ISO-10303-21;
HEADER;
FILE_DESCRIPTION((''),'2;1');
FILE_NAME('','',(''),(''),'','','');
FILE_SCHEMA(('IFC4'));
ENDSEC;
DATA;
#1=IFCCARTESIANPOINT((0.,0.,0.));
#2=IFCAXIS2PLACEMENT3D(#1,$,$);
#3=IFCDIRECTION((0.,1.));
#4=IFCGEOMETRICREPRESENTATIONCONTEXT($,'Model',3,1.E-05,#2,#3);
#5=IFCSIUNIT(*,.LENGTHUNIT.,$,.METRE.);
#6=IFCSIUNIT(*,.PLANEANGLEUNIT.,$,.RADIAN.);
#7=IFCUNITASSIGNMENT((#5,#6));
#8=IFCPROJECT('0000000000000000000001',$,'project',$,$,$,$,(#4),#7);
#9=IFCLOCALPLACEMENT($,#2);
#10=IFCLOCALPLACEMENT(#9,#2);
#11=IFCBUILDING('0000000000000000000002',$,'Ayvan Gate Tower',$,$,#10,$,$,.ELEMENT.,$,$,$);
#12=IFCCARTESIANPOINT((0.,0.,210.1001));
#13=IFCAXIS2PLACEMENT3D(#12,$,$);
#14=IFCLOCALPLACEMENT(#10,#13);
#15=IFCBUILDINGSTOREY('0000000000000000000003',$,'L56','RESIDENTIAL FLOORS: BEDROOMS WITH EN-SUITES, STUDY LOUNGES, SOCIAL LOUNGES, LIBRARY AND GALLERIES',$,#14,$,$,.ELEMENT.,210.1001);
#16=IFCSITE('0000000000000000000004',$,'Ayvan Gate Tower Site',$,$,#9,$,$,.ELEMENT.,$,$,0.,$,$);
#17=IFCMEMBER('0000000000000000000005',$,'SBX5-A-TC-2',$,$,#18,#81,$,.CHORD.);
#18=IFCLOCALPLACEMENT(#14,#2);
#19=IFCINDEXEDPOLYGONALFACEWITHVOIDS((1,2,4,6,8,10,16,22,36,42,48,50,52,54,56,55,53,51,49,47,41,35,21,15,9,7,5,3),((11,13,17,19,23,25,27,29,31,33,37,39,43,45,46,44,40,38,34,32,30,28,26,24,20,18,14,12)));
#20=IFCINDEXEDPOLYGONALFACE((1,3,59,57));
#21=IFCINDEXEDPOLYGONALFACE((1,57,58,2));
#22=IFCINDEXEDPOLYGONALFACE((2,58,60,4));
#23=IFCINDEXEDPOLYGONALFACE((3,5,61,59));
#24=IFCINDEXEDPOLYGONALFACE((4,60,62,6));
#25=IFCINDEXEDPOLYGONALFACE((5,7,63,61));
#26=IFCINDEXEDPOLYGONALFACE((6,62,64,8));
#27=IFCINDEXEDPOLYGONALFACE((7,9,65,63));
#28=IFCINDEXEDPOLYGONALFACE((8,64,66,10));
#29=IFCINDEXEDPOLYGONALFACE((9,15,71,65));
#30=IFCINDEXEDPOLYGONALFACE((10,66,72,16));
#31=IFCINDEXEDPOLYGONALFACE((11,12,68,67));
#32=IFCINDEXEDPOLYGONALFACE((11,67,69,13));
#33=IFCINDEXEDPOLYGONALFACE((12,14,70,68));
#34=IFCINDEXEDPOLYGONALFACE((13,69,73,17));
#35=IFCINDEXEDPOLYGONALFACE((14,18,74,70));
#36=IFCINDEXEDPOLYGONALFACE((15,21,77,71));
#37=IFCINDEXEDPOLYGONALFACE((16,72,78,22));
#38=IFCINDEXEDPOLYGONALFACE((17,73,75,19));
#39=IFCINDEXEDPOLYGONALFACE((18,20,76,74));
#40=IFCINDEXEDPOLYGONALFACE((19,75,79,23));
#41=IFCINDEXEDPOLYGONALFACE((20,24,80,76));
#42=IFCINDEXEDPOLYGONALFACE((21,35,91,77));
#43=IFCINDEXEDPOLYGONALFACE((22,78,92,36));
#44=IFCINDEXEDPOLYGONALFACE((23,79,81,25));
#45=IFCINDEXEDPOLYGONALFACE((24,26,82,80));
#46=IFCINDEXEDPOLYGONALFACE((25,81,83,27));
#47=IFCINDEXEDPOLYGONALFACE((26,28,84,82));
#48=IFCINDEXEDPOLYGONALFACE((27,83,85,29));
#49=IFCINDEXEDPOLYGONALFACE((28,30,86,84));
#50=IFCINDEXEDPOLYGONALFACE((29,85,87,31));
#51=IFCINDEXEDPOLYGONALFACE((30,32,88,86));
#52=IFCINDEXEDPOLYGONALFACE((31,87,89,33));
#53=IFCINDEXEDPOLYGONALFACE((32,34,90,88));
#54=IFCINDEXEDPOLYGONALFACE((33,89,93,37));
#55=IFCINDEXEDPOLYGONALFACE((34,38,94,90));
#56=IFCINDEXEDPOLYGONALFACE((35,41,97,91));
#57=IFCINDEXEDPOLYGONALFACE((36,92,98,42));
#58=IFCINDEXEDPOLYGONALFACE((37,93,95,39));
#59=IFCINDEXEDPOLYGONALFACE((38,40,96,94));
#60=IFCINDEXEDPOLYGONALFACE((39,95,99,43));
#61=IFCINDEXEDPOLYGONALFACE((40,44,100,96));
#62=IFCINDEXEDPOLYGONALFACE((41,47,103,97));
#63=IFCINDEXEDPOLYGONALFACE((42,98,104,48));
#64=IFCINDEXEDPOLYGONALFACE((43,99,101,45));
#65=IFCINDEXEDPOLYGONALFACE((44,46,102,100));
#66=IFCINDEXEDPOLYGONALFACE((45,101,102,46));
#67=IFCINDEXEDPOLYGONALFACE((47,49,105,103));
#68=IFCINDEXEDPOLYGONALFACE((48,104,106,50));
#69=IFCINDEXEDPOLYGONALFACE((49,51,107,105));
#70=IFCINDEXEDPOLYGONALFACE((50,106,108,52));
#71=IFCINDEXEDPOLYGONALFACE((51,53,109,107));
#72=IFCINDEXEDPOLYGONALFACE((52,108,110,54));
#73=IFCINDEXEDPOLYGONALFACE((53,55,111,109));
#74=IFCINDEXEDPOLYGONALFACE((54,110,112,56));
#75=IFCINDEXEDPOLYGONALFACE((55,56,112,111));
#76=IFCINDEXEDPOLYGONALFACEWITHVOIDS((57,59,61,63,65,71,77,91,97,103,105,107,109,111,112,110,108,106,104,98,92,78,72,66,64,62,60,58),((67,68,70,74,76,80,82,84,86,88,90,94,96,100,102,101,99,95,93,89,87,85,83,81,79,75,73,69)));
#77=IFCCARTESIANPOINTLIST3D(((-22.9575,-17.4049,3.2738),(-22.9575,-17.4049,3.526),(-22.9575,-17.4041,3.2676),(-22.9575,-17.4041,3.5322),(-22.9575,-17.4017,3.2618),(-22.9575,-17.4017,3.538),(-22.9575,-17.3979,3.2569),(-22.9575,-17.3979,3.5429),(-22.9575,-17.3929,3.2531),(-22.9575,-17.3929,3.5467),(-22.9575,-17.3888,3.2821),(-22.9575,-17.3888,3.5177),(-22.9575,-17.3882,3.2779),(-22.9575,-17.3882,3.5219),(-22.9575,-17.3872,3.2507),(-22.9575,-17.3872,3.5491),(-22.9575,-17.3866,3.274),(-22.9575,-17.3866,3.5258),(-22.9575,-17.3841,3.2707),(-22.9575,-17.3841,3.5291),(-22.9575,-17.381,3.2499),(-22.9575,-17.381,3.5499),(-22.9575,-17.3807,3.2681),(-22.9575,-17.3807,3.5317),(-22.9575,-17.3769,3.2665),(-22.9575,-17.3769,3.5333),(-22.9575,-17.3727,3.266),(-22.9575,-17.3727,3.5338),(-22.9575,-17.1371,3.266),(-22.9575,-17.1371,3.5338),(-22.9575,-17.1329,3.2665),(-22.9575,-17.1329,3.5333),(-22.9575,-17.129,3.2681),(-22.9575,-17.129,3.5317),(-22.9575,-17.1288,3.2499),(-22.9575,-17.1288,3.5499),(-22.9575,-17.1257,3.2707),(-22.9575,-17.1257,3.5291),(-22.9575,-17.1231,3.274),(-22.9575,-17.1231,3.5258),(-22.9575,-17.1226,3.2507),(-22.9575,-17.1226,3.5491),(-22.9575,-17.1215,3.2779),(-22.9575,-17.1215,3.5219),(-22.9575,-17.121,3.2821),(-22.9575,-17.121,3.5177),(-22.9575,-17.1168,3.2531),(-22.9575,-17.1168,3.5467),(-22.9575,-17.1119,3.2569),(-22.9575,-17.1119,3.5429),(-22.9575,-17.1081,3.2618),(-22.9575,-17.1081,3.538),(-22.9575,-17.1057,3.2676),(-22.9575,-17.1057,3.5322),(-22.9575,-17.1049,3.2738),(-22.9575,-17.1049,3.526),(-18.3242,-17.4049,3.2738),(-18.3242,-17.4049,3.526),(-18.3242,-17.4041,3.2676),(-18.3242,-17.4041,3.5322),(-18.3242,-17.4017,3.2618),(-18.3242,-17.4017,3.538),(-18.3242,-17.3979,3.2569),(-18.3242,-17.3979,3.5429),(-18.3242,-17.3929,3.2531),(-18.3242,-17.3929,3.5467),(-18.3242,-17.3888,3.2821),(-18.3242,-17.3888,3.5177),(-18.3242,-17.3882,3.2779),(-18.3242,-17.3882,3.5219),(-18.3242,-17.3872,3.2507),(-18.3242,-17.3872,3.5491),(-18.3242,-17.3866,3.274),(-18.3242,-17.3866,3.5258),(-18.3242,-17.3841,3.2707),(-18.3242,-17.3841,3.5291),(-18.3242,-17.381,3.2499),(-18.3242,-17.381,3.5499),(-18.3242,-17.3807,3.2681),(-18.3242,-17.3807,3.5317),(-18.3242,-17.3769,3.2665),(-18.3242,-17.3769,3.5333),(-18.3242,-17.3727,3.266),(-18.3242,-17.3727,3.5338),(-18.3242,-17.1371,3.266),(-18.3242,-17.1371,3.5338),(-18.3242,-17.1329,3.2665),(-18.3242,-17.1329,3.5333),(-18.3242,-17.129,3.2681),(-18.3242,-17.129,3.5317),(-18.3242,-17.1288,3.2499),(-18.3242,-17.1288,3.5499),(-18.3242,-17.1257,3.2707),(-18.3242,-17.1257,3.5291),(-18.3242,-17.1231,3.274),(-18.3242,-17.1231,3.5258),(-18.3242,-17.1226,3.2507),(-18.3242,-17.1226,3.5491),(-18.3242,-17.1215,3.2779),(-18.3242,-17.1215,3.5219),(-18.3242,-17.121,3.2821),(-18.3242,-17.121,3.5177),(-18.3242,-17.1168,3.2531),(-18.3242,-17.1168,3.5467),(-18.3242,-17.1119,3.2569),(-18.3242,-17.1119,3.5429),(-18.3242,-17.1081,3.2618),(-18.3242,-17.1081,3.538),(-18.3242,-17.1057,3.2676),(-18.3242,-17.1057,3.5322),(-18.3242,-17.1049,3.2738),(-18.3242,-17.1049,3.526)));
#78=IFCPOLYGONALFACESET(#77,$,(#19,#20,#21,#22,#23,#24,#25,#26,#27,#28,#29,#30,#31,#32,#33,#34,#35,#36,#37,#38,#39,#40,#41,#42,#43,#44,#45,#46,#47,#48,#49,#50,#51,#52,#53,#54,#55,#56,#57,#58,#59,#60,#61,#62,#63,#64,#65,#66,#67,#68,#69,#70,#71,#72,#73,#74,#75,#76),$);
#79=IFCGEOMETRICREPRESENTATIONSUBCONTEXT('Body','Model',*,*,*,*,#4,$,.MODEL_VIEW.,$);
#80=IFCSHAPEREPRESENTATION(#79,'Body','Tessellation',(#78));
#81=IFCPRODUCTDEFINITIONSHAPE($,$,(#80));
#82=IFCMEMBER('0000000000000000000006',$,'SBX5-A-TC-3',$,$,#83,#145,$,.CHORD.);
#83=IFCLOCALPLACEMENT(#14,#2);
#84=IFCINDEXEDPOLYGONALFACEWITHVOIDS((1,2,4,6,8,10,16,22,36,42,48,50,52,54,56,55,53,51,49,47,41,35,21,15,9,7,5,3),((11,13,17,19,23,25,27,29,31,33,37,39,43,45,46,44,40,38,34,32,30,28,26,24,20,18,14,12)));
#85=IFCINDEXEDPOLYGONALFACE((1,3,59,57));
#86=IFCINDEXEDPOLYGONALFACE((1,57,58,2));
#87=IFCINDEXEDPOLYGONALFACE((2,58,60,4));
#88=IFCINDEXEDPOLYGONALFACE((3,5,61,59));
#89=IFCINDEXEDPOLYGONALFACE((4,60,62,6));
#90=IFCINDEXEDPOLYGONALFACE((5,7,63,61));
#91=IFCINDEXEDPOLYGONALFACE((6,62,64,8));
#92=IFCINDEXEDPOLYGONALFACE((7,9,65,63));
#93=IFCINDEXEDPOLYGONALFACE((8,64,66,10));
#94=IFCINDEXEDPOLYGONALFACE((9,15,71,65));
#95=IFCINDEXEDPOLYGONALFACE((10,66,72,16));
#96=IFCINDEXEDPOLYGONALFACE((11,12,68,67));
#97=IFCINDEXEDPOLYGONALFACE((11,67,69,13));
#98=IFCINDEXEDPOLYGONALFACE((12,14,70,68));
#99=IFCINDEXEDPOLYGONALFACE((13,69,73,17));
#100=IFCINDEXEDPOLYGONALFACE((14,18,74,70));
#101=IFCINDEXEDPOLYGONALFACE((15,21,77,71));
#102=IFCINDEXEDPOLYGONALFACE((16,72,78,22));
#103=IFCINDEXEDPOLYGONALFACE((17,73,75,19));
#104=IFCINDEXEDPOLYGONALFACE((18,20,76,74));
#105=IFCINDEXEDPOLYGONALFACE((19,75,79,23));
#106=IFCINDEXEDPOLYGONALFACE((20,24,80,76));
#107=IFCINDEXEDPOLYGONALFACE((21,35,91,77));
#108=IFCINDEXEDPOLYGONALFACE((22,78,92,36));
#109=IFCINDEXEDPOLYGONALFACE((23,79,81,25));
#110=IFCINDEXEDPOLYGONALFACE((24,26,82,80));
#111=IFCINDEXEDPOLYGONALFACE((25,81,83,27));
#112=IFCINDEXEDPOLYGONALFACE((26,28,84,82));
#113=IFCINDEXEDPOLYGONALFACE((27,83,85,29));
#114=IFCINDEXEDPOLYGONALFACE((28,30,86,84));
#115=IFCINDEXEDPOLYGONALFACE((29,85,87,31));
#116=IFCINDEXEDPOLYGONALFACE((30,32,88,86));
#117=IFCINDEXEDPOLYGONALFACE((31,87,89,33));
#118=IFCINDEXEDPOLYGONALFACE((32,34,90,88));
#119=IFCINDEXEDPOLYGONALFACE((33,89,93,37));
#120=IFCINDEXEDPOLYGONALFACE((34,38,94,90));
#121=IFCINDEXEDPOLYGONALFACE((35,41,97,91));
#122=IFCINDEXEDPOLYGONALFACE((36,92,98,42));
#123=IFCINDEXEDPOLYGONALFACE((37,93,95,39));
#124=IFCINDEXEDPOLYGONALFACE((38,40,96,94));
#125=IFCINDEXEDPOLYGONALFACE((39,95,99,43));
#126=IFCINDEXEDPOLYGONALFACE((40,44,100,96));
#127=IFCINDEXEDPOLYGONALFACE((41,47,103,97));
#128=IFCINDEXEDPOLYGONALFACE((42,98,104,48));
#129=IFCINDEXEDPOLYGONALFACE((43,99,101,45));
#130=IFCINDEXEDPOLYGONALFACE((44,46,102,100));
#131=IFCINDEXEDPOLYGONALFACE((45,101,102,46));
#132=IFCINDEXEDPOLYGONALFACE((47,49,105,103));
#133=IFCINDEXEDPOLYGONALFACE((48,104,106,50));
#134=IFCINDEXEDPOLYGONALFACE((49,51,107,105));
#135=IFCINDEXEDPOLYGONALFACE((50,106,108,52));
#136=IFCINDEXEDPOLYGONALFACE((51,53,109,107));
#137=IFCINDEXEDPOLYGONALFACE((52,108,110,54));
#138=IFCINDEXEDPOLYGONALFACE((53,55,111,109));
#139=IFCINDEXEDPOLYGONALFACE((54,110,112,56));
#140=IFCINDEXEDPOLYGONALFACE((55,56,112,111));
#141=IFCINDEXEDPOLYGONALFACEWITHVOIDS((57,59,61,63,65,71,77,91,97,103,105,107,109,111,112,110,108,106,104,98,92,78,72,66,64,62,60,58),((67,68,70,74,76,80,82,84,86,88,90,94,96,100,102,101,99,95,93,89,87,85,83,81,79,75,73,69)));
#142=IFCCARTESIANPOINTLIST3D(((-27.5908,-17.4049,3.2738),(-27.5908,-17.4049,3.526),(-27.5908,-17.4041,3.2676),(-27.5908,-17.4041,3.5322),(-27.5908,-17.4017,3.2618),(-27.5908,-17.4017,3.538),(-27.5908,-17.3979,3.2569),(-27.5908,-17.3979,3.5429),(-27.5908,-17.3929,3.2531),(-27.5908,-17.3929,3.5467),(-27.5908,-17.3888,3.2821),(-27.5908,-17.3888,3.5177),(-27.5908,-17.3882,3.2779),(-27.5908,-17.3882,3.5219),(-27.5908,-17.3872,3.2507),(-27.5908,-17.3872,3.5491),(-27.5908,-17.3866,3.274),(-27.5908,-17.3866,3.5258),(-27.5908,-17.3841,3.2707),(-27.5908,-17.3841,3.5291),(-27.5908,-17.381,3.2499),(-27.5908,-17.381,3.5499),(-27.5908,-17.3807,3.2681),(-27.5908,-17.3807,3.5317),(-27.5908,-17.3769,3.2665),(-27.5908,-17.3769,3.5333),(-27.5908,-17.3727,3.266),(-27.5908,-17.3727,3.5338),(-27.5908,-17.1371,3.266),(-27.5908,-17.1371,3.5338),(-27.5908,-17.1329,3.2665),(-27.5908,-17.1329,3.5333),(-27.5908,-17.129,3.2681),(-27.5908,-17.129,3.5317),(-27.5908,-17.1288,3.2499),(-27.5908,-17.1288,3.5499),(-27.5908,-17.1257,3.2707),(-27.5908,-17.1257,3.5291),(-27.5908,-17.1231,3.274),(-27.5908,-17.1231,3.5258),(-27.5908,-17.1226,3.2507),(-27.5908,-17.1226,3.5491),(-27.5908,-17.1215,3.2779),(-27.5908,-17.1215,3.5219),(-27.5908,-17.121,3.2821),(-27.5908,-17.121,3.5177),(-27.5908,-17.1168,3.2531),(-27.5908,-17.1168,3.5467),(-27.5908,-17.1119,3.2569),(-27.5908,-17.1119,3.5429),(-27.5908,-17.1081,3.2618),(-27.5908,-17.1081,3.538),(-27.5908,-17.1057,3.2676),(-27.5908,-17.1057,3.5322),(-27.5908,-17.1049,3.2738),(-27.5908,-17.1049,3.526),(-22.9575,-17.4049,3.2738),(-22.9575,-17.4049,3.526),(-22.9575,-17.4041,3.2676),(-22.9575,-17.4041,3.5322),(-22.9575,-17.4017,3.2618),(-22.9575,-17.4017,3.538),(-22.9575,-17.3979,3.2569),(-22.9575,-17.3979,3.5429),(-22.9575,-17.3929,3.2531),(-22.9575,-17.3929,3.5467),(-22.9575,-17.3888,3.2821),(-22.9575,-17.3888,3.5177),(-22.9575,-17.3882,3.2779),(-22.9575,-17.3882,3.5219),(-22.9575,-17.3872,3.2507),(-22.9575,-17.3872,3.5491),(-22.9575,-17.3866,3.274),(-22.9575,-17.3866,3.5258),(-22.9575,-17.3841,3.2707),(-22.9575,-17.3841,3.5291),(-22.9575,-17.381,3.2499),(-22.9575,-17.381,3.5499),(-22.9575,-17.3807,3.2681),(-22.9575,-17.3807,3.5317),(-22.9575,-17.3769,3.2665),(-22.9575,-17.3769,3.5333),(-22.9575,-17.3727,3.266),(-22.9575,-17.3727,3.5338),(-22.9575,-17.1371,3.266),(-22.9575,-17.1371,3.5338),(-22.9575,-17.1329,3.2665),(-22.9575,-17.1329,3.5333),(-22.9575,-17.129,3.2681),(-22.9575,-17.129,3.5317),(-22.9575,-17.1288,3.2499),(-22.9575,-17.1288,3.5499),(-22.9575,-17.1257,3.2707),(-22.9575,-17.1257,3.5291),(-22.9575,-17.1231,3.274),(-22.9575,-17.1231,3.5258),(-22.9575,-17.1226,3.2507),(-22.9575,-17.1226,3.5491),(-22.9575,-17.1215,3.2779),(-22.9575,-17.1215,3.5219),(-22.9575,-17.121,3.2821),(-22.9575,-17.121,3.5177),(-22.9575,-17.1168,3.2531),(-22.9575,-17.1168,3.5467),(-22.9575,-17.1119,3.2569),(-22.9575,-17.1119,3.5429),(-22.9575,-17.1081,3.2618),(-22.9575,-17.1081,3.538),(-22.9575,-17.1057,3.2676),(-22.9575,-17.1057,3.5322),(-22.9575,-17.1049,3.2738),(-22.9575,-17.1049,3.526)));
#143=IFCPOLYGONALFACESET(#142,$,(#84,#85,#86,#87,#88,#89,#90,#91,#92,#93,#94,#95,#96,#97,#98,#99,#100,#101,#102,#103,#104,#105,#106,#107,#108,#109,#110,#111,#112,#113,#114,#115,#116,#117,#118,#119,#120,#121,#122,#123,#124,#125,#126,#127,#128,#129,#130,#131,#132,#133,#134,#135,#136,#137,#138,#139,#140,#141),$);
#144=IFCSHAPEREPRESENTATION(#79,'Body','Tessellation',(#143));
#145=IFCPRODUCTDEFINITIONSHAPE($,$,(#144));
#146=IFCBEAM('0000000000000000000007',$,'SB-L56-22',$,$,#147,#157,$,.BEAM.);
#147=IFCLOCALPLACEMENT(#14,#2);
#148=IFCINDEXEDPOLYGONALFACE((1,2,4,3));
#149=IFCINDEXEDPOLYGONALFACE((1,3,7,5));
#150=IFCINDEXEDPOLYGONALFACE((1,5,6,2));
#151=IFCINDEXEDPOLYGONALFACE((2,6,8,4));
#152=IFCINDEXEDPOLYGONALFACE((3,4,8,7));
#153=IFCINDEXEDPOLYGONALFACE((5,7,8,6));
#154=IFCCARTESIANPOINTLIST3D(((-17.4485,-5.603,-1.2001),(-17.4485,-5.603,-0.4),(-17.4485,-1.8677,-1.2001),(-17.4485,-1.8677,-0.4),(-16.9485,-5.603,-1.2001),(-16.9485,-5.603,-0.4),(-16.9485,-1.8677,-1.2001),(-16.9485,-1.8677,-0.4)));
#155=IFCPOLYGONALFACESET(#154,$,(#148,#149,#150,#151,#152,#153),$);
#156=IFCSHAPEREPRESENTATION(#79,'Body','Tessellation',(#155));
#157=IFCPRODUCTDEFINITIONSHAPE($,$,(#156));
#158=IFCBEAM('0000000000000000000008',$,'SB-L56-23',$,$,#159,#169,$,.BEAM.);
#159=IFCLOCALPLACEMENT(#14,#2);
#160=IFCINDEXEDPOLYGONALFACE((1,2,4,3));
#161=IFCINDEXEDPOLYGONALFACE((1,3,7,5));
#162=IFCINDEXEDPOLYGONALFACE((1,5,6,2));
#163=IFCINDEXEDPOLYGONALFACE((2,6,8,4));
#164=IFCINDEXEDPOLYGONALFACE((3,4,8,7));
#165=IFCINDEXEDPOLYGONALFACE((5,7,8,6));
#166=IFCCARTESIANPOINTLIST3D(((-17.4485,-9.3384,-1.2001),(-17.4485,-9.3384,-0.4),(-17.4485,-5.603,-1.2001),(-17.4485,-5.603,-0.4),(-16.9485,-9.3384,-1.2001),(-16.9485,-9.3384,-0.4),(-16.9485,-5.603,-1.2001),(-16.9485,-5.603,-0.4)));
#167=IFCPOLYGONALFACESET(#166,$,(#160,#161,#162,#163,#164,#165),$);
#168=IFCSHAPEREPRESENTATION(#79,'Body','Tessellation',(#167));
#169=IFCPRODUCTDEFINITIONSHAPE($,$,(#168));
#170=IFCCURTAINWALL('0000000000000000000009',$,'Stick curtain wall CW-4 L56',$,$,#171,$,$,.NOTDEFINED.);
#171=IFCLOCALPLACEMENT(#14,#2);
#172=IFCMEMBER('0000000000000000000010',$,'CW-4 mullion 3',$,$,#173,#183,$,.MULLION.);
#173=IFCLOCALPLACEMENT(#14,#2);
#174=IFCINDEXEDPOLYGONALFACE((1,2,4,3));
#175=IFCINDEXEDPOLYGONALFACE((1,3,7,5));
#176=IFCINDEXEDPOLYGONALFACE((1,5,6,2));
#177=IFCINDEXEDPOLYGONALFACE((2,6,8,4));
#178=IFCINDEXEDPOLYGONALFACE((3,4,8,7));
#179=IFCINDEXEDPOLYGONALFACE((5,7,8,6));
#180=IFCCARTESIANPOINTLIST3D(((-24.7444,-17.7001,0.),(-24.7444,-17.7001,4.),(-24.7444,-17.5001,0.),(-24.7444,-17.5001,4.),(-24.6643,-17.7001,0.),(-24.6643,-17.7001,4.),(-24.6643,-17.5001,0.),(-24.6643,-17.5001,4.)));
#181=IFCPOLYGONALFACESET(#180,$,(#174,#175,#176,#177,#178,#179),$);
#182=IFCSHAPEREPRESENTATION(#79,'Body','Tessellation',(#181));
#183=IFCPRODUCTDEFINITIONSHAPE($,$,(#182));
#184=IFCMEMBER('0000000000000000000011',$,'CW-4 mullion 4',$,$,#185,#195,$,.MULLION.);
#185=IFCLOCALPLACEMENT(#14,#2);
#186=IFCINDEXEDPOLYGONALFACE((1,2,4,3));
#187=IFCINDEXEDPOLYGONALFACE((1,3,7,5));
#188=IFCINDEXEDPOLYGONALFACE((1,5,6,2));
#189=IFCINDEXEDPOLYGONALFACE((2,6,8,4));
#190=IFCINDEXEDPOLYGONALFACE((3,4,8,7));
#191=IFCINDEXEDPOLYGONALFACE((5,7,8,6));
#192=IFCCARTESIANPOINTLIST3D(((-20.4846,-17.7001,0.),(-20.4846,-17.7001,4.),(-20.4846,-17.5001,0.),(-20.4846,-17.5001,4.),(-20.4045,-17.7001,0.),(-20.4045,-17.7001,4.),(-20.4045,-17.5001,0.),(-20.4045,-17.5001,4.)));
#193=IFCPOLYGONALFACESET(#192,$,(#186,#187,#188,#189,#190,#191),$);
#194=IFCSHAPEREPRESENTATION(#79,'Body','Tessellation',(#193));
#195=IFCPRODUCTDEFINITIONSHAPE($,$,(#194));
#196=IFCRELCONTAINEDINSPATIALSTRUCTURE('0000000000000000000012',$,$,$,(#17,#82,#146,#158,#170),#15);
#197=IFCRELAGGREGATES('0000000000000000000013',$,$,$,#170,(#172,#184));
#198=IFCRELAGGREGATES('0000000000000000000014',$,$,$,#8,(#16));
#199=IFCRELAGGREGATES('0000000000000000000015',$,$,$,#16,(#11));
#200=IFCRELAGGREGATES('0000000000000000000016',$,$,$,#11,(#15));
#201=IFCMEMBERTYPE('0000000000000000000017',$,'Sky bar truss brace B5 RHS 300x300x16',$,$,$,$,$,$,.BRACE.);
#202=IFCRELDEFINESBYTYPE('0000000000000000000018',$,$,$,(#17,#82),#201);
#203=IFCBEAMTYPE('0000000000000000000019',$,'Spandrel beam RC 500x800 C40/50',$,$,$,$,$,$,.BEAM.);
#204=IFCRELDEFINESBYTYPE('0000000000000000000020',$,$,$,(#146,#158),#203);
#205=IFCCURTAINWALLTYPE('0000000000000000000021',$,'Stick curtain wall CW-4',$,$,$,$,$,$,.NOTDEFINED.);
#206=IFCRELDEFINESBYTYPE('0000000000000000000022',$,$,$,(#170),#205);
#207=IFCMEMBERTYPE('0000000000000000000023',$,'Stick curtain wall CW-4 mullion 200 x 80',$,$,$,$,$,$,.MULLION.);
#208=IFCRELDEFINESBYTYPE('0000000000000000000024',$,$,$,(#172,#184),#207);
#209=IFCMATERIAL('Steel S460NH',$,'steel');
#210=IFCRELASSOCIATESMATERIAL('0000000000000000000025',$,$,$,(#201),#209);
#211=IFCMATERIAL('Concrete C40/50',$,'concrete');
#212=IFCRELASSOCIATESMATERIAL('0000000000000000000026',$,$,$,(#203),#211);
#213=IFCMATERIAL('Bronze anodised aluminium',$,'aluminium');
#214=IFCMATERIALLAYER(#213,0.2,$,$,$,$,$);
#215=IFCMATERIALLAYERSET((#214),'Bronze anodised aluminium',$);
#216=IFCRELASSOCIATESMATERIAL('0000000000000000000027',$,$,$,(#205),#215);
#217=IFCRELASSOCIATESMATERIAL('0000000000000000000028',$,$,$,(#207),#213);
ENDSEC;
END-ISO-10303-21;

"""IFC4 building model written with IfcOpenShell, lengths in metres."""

from ifc_helpers import new_model, si_unit, direction, frame, origin, origin_2d, place, context, subcontext, project, spatial, rectangle, hollow_rectangle, extrude, material, layer, layer_set, material_profile, profile_set, type_object, element, aggregate, save


model = new_model("IFC4")

# Units and contexts
model_context = context("Model", 3, precision=1e-05, world=origin(), true_north=direction((0.0, 1.0)))
body_context = subcontext(model_context, "Body", "Model", "MODEL_VIEW")
ifc_project = project(units=[si_unit("LENGTHUNIT", "METRE"), si_unit("PLANEANGLEUNIT", "RADIAN")], contexts=[model_context])

# Site, building, storey
site_placement = place(None, origin())
site = spatial("IfcSite", under=ifc_project, at=site_placement, Name="Ayvan Gate Tower Site", CompositionType="ELEMENT", RefElevation=0.0)
building_placement = place(site_placement, origin())
building = spatial("IfcBuilding", under=site, at=building_placement, Name="Ayvan Gate Tower", CompositionType="ELEMENT")
storey_placement = place(building_placement, frame((0.0, 0.0, 210.1001)))
storey = spatial("IfcBuildingStorey", under=building, at=storey_placement, Name="L56", Description="RESIDENTIAL FLOORS: BEDROOMS WITH EN-SUITES, STUDY LOUNGES, SOCIAL LOUNGES, LIBRARY AND GALLERIES", CompositionType="ELEMENT", Elevation=210.1001)

# Shared definitions
ifc_material_1 = material(Name="Concrete C40/50", Category="concrete")

# Members
ifc_material_2 = material(Name="Steel S460NH", Category="steel")
ifc_material_profile_1 = material_profile(ifc_material_2, hollow_rectangle(XDim=0.3, YDim=0.3, WallThickness=0.0161, InnerFilletRadius=0.0161, OuterFilletRadius=0.0239, at=origin_2d()), Name="RHS 300x300x16")
ifc_profile_set_1 = profile_set([ifc_material_profile_1], Name="Steel S460NH")
member_type_1 = type_object("IfcMemberType", Name="Sky bar truss brace B5 RHS 300x300x16", PredefinedType="BRACE", material=ifc_profile_set_1)
for number, where, z_axis, x_axis, name in (
    (1, (-18.3242, -17.2549, 3.3999), (-1.0, 0.0, 0.0), (0.0, -1.0, 0.0), "SBX5-A-TC-2"),
    (2, (-22.9575, -17.2549, 3.3999), (-1.0, 0.0, 0.0), (0.0, -1.0, 0.0), "SBX5-A-TC-3"),
):
    element("IfcMember", number, at=place(storey_placement, frame(where, z_axis=z_axis, x_axis=x_axis)), inside=storey, type_object=member_type_1, Name=name, PredefinedType="CHORD", context=body_context, shape_type="SweptSolid", body=[
        extrude(hollow_rectangle(XDim=0.3, YDim=0.3, WallThickness=0.0161, InnerFilletRadius=0.0161, OuterFilletRadius=0.0239, at=origin_2d()), origin(), (0.0, 0.0, 1.0), 4.6333),
    ])

# Beams
ifc_material_profile_2 = material_profile(ifc_material_1, rectangle(XDim=0.5, YDim=0.8, at=origin_2d()), Name="RC 500x800")
ifc_profile_set_2 = profile_set([ifc_material_profile_2], Name="Concrete C40/50")
beam_type_1 = type_object("IfcBeamType", Name="Spandrel beam RC 500x800 C40/50", PredefinedType="BEAM", material=ifc_profile_set_2)
for number, where, z_axis, x_axis, name in (
    (3, (-17.1985, -1.8677, -0.8), (0.0, -1.0, 0.0), (1.0, 0.0, 0.0), "SB-L56-22"),
    (4, (-17.1985, -5.603, -0.8), (0.0, -1.0, 0.0), (1.0, 0.0, 0.0), "SB-L56-23"),
):
    element("IfcBeam", number, at=place(storey_placement, frame(where, z_axis=z_axis, x_axis=x_axis)), inside=storey, type_object=beam_type_1, Name=name, PredefinedType="BEAM", context=body_context, shape_type="SweptSolid", body=[
        extrude(rectangle(XDim=0.5, YDim=0.8, at=origin_2d()), origin(), (0.0, 0.0, 1.0), 3.7354),
    ])

# Curtain wall, members
ifc_material_3 = material(Name="Bronze anodised aluminium", Category="aluminium")
ifc_layer_1 = layer(ifc_material_3, 0.2)
ifc_layer_set_1 = layer_set([ifc_layer_1], Name="Bronze anodised aluminium")
curtain_wall_type = type_object("IfcCurtainWallType", Name="Stick curtain wall CW-4", PredefinedType="NOTDEFINED", material=ifc_layer_set_1)
curtain_wall_placement = place(storey_placement, origin())
curtain_wall = element("IfcCurtainWall", 5, at=curtain_wall_placement, inside=storey, type_object=curtain_wall_type, Name="Stick curtain wall CW-4 L56", PredefinedType="NOTDEFINED")
ifc_material_profile_3 = material_profile(ifc_material_3, rectangle(XDim=0.2, YDim=0.0801, at=origin_2d()), Name="Stick curtain wall CW-4 mullion 200 x 80")
ifc_profile_set_3 = profile_set([ifc_material_profile_3], Name="Bronze anodised aluminium")
member_type_2 = type_object("IfcMemberType", Name="Stick curtain wall CW-4 mullion 200 x 80", PredefinedType="MULLION", material=ifc_profile_set_3)
member_1_placement = place(storey_placement, frame((-24.7043, -17.6001, 0.0), z_axis=(0.0, 0.0, 1.0), x_axis=(0.0, -1.0, 0.0)))
member_1 = element("IfcMember", 6, at=member_1_placement, type_object=member_type_2, Name="CW-4 mullion 3", PredefinedType="MULLION", context=body_context, shape_type="SweptSolid", body=[
    extrude(rectangle(XDim=0.2, YDim=0.0801, at=origin_2d()), origin(), (0.0, 0.0, 1.0), 4.0),
])
member_2_placement = place(storey_placement, frame((-20.4446, -17.6001, 0.0), z_axis=(0.0, 0.0, 1.0), x_axis=(0.0, -1.0, 0.0)))
member_2 = element("IfcMember", 7, at=member_2_placement, type_object=member_type_2, Name="CW-4 mullion 4", PredefinedType="MULLION", context=body_context, shape_type="SweptSolid", body=[
    extrude(rectangle(XDim=0.2, YDim=0.0801, at=origin_2d()), origin(), (0.0, 0.0, 1.0), 4.0),
])
aggregate(curtain_wall, [member_1, member_2])

save(model, "model.ifc")
